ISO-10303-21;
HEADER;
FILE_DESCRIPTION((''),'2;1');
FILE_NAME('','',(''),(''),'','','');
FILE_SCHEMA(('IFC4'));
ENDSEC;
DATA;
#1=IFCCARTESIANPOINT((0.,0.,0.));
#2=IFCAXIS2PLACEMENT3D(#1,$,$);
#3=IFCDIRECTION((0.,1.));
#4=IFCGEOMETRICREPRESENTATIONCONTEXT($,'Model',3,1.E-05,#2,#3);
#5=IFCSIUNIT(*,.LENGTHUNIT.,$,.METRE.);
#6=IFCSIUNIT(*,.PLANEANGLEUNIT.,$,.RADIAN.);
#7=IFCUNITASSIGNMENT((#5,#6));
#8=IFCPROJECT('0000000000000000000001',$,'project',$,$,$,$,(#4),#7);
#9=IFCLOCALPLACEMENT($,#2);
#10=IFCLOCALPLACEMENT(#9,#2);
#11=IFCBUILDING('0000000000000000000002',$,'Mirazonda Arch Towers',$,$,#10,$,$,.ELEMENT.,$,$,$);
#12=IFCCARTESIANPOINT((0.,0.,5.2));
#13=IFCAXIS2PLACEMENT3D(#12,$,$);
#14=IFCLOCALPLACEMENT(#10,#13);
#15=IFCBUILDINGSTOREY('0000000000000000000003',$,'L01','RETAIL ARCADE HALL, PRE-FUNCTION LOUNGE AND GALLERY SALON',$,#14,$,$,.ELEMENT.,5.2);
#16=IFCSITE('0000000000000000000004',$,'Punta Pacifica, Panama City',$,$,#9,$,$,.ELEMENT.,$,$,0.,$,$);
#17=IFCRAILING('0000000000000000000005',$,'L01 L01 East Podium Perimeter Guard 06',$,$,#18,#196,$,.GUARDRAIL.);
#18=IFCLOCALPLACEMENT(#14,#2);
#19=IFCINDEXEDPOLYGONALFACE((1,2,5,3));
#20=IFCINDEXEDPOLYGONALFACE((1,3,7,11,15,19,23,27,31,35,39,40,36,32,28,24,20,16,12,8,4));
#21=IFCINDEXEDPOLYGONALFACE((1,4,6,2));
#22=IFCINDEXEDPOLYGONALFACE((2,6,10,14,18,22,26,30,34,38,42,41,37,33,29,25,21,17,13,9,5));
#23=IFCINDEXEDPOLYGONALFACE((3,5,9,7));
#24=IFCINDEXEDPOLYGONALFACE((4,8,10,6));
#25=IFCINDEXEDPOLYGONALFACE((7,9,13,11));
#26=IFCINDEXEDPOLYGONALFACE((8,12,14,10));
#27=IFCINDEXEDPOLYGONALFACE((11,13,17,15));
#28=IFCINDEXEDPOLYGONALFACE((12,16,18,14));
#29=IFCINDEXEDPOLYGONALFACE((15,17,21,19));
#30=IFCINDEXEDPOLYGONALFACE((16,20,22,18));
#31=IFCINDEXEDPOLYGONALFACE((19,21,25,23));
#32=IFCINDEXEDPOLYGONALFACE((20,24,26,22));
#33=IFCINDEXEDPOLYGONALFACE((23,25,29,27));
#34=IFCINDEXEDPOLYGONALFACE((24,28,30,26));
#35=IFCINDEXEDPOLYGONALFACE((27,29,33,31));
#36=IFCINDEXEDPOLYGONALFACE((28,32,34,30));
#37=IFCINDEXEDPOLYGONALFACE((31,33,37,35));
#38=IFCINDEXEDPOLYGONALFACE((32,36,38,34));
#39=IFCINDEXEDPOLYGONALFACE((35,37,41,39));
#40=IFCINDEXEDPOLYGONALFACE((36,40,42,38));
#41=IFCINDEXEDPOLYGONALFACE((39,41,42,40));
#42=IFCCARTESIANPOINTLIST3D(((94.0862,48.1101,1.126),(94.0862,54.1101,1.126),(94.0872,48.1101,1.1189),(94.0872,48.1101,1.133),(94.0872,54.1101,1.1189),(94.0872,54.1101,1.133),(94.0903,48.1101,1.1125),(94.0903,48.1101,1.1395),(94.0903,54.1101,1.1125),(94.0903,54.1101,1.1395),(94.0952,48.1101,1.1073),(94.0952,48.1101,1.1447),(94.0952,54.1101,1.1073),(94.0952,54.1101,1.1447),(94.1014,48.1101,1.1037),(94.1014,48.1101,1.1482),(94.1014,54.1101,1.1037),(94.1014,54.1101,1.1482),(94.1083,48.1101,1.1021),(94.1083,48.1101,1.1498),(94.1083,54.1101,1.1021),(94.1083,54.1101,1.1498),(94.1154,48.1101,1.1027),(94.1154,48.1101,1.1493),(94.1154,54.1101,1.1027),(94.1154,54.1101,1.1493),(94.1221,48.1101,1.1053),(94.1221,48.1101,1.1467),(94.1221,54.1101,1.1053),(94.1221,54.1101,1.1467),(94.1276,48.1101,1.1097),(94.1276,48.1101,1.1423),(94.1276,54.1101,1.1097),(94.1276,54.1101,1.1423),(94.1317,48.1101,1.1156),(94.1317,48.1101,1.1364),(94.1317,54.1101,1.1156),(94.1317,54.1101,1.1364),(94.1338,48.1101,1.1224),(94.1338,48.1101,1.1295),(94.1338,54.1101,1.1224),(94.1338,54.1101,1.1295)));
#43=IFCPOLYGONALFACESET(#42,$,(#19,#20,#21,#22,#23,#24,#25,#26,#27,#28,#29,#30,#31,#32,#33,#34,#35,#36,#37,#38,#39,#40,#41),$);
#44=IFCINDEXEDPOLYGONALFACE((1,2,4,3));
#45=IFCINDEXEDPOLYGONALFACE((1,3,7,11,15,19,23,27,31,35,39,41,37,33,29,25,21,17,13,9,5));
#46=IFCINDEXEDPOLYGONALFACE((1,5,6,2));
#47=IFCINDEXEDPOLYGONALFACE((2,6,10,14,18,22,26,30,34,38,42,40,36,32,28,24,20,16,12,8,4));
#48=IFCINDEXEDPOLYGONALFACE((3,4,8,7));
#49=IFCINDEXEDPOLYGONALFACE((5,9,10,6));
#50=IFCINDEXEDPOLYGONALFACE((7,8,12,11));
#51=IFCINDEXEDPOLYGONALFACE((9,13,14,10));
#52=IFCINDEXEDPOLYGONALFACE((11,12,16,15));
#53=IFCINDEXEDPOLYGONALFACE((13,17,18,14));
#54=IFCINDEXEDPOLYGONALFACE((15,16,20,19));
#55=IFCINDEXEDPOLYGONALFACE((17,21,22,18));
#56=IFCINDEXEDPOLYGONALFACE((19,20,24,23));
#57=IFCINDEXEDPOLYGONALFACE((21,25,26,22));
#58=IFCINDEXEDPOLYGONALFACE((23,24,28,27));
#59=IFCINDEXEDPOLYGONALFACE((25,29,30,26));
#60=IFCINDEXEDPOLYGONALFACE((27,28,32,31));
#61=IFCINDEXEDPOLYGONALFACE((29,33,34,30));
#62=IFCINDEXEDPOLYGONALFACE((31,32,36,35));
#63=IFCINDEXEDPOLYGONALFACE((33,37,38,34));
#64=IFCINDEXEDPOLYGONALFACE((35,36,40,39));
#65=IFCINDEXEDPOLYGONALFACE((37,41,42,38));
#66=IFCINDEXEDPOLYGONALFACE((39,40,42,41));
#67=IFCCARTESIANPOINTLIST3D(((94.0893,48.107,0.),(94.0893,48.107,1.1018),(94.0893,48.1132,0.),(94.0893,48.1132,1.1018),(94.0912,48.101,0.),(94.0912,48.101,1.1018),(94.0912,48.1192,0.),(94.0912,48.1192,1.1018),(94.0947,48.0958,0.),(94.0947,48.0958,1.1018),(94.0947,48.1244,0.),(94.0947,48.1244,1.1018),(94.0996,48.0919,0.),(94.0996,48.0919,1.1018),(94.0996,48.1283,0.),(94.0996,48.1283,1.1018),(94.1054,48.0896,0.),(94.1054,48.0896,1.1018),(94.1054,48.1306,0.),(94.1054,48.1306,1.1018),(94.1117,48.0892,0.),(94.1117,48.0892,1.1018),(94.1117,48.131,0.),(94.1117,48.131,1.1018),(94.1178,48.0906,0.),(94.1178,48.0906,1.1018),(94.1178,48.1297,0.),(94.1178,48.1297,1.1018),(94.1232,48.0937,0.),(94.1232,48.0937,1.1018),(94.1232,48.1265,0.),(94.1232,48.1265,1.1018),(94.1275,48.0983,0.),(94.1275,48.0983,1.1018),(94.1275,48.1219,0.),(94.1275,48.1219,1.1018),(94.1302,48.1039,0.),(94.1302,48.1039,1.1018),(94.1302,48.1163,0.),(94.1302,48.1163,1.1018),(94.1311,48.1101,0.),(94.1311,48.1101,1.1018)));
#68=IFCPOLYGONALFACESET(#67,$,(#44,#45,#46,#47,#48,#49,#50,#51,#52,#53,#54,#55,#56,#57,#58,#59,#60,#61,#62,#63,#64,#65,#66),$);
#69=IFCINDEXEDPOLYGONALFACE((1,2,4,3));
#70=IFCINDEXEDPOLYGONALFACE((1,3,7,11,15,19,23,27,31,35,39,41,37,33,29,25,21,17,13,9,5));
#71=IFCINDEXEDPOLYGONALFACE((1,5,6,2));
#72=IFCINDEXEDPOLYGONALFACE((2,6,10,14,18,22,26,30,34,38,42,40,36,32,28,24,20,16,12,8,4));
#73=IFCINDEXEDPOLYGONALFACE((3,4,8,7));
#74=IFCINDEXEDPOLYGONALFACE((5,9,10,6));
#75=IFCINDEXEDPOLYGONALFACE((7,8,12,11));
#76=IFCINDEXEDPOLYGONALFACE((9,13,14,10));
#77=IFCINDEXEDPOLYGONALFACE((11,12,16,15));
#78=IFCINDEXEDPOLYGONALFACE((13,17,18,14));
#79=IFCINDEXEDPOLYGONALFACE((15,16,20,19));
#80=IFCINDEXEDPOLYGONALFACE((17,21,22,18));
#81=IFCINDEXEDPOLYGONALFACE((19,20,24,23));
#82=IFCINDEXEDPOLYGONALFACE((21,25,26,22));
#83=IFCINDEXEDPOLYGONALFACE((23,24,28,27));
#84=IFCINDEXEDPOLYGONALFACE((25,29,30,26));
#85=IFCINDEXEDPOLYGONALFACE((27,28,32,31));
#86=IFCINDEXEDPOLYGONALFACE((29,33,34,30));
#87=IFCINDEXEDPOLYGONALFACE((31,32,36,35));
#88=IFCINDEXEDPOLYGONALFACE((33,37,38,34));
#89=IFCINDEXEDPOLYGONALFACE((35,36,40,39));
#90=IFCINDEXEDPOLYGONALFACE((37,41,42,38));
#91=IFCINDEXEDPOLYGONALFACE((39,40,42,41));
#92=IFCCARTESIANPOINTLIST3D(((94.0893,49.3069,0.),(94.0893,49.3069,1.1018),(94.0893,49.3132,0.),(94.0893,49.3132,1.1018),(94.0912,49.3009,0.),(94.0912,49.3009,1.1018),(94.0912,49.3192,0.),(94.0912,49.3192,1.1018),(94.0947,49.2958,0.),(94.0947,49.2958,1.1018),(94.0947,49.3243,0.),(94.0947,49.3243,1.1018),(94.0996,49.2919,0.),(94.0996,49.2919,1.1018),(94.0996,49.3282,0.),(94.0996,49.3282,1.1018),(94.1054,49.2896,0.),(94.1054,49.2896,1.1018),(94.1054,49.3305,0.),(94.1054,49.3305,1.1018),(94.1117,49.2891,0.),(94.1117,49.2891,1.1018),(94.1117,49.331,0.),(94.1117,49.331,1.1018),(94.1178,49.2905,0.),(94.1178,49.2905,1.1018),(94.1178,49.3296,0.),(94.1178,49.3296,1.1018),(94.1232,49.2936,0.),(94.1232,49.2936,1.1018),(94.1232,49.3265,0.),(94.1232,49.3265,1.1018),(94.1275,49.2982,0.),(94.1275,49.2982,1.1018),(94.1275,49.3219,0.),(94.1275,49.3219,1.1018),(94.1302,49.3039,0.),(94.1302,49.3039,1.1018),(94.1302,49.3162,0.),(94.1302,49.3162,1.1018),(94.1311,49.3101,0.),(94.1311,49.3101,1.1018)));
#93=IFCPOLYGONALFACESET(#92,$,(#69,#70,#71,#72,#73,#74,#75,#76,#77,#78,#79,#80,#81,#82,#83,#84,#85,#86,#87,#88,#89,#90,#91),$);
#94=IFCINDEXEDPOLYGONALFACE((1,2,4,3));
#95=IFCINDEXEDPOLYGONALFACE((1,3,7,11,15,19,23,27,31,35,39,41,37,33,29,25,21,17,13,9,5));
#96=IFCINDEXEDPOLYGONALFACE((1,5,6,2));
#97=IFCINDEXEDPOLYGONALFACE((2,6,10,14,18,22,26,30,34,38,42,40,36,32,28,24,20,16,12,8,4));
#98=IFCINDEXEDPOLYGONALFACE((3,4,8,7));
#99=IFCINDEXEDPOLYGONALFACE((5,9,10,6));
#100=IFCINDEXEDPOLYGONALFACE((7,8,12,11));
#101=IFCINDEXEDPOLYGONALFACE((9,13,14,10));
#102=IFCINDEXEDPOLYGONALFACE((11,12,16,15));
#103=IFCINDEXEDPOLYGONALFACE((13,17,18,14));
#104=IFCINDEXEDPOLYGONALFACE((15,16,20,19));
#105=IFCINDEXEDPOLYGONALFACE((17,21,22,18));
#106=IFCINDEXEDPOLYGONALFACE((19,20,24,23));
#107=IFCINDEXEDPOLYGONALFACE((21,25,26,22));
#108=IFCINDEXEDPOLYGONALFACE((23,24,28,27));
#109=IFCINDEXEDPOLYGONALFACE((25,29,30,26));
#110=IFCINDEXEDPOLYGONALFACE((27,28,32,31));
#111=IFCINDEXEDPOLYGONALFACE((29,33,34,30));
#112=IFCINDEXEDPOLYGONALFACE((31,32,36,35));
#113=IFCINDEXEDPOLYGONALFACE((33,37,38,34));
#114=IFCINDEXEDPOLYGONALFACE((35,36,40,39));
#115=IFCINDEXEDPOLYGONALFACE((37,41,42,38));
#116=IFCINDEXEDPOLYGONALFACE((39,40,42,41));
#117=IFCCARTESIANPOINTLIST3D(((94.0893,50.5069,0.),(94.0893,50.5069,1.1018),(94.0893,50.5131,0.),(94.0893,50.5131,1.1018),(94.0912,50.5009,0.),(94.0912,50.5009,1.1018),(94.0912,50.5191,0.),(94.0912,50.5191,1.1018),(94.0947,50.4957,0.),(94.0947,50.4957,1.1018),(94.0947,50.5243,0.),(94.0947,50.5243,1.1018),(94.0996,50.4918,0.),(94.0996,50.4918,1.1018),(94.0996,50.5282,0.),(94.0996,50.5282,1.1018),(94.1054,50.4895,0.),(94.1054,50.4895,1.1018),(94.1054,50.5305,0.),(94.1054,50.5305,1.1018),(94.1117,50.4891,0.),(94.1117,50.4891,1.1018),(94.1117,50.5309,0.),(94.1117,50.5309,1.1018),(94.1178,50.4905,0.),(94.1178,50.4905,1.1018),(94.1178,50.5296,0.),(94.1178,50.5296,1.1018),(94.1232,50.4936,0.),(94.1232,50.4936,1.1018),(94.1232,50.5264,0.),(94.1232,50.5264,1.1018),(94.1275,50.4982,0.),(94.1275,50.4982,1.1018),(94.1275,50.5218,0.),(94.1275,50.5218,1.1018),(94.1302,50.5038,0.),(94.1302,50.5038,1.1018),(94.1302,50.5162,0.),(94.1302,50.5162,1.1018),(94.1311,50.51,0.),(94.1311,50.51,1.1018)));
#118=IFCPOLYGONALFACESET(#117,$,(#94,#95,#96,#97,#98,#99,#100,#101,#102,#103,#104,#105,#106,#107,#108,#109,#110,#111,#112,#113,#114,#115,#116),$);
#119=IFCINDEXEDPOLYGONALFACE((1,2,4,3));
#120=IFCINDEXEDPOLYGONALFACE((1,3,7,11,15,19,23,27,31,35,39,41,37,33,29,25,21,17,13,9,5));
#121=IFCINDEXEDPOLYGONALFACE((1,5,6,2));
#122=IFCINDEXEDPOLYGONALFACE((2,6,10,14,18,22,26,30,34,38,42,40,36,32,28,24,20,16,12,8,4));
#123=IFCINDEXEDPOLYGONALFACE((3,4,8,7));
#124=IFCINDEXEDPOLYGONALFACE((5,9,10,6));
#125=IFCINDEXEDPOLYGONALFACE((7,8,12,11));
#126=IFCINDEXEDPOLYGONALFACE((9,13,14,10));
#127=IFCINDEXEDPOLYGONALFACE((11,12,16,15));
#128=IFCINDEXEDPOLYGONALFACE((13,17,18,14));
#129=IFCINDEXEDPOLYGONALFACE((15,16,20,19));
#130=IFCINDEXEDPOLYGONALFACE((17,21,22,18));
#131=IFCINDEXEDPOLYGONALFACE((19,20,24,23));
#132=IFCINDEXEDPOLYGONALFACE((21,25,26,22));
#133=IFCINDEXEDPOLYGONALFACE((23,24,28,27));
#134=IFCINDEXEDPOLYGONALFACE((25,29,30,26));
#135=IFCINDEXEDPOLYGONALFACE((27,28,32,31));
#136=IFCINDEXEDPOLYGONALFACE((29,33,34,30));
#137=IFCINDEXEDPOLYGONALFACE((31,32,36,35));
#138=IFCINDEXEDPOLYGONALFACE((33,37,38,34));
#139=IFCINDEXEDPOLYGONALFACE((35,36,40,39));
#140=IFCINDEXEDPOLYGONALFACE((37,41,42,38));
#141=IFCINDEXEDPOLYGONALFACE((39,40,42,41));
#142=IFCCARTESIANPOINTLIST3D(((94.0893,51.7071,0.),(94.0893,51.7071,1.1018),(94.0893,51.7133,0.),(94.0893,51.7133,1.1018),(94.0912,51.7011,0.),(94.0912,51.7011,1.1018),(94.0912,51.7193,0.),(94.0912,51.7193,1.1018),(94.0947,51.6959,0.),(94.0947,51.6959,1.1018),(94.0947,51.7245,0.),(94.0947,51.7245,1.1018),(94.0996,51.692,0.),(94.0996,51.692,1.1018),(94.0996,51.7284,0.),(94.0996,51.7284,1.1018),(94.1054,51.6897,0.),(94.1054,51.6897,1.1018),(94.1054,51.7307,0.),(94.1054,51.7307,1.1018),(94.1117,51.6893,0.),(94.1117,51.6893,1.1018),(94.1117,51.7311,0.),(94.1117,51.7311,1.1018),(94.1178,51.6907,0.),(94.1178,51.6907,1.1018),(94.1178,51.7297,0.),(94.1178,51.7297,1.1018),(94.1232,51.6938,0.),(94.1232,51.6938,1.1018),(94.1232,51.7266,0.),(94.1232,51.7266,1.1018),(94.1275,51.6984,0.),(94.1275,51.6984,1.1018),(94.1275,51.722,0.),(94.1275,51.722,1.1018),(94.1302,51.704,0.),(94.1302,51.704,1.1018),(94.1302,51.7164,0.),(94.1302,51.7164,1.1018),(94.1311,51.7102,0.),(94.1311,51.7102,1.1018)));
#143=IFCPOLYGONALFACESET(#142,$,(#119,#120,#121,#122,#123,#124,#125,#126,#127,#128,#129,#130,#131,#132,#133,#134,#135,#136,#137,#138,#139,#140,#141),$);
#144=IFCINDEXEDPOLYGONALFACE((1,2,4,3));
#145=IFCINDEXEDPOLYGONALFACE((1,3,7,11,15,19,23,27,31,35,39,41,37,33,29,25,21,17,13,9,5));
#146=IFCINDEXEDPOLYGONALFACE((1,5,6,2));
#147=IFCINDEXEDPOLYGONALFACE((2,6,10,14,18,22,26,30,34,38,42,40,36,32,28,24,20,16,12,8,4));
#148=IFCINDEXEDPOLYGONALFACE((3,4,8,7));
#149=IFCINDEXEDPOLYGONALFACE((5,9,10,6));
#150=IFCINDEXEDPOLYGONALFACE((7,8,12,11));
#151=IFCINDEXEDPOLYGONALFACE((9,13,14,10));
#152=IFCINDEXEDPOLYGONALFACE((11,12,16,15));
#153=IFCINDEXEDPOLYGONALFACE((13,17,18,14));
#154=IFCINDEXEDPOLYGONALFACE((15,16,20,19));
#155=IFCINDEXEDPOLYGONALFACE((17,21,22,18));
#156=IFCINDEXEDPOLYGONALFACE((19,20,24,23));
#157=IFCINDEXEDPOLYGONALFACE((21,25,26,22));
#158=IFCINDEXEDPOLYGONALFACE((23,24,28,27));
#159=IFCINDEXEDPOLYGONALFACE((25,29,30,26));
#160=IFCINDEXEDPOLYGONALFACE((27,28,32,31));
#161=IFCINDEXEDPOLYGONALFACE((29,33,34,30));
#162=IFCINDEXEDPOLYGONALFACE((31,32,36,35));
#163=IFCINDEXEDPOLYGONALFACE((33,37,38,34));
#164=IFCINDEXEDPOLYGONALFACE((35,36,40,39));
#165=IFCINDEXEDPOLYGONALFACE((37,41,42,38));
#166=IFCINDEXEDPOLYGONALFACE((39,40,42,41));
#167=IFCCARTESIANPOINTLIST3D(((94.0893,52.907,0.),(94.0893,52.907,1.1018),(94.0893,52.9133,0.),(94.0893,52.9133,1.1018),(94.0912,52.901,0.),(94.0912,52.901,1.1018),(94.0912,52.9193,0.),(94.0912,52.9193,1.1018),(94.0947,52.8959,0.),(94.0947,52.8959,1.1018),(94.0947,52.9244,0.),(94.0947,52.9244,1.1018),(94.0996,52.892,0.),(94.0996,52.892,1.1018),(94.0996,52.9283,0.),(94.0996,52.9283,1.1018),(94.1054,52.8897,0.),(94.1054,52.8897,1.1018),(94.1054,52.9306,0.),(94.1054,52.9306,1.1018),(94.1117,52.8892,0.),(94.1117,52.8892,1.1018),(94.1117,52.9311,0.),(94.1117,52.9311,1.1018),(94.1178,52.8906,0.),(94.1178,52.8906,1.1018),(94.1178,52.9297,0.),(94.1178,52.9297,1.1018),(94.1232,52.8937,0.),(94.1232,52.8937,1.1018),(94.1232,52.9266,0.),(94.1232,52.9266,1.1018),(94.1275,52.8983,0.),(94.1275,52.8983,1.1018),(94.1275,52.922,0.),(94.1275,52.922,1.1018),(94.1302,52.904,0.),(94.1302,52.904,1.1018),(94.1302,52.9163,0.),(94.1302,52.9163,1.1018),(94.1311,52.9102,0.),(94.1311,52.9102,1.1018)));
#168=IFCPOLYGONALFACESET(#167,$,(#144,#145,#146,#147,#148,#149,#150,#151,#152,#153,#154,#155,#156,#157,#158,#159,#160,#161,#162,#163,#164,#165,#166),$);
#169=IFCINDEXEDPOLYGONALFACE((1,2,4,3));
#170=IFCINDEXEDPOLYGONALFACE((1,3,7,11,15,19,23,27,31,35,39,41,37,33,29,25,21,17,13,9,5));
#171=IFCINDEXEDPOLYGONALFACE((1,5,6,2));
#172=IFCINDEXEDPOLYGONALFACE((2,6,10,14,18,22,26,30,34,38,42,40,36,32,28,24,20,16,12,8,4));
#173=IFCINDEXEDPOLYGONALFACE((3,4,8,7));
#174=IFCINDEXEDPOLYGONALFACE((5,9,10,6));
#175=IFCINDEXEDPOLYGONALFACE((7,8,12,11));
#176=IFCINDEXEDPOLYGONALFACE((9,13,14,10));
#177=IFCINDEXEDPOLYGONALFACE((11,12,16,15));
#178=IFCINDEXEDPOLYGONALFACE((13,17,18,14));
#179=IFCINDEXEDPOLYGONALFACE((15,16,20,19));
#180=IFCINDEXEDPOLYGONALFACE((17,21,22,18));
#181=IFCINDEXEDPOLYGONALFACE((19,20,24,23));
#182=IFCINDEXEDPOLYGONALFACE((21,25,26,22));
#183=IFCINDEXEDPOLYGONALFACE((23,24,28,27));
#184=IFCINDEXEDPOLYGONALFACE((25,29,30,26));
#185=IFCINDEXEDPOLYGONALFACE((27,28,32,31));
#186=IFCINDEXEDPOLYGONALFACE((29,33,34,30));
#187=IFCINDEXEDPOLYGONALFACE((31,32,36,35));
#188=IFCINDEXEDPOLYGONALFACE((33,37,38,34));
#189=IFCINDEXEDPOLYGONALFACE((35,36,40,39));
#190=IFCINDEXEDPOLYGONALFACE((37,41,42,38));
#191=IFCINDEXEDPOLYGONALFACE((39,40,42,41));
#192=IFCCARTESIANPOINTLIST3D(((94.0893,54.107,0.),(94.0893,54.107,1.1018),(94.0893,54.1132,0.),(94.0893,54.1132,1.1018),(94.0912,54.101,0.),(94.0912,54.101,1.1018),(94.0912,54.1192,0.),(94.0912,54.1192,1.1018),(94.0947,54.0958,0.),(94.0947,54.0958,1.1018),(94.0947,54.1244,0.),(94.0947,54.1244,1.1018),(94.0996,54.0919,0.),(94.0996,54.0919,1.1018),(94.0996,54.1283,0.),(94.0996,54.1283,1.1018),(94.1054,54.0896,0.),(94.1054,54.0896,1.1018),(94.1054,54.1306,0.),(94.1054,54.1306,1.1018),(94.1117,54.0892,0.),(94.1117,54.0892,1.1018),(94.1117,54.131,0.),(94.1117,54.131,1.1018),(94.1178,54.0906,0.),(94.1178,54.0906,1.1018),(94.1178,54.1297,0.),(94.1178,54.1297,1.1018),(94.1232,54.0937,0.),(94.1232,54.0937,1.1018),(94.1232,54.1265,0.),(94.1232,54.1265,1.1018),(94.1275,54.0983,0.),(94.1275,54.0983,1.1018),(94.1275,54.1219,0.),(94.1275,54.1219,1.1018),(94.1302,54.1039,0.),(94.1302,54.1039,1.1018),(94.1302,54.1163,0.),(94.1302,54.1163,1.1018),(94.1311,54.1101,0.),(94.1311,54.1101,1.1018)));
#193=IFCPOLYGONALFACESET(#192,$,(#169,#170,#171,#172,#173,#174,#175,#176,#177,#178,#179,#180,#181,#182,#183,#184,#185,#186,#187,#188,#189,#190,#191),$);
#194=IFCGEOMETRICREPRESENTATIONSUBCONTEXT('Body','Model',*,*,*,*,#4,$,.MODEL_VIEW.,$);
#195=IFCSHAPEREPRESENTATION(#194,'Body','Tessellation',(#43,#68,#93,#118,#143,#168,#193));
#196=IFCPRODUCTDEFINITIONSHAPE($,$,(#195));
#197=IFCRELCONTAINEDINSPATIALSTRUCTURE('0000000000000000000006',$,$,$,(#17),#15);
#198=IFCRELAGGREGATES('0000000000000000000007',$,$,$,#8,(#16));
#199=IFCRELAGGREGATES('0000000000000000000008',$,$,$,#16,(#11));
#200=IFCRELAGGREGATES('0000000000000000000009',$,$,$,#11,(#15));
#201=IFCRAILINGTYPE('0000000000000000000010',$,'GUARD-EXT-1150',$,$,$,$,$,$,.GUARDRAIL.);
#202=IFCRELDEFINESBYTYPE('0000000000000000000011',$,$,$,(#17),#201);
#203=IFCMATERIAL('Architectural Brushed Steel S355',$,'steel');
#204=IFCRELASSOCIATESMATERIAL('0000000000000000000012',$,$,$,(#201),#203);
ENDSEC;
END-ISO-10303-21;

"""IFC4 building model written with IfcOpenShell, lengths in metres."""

from ifc_helpers import new_model, si_unit, direction, frame, origin, origin_2d, place, context, subcontext, project, spatial, circle, extrude, material, type_object, element, save


model = new_model("IFC4")

# Units and contexts
model_context = context("Model", 3, precision=1e-05, world=origin(), true_north=direction((0.0, 1.0)))
body_context = subcontext(model_context, "Body", "Model", "MODEL_VIEW")
ifc_project = project(units=[si_unit("LENGTHUNIT", "METRE"), si_unit("PLANEANGLEUNIT", "RADIAN")], contexts=[model_context])

# Site, building, storey
site_placement = place(None, origin())
site = spatial("IfcSite", under=ifc_project, at=site_placement, Name="Punta Pacifica, Panama City", CompositionType="ELEMENT", RefElevation=0.0)
building_placement = place(site_placement, origin())
building = spatial("IfcBuilding", under=site, at=building_placement, Name="Mirazonda Arch Towers", CompositionType="ELEMENT")
storey_placement = place(building_placement, frame((0.0, 0.0, 5.2)))
storey = spatial("IfcBuildingStorey", under=building, at=storey_placement, Name="L01", Description="RETAIL ARCADE HALL, PRE-FUNCTION LOUNGE AND GALLERY SALON", CompositionType="ELEMENT", Elevation=5.2)

# Shared definitions
ifc_material_1 = material(Name="Architectural Brushed Steel S355", Category="steel")

# Railing
railing_type = type_object("IfcRailingType", Name="GUARD-EXT-1150", PredefinedType="GUARDRAIL", material=ifc_material_1)
railing_1_placement = place(storey_placement, frame((94.1101, 48.1101, 0.0)))
element("IfcRailing", 1, at=railing_1_placement, inside=storey, type_object=railing_type, Name="L01 L01 East Podium Perimeter Guard 06", PredefinedType="GUARDRAIL", context=body_context, shape_type="SweptSolid", body=[
    extrude(circle(Radius=0.0239, at=origin_2d()), frame((0.0, 0.0, 1.126), z_axis=(0.0, 1.0, 0.0), x_axis=(-1.0, 0.0, 0.0)), (0.0, 0.0, 1.0), 6.0),
    extrude(circle(Radius=0.021, at=origin_2d()), origin(), (0.0, 0.0, 1.0), 1.1018),
    extrude(circle(Radius=0.021, at=origin_2d()), frame((0.0, 1.2, 0.0)), (0.0, 0.0, 1.0), 1.1018),
    extrude(circle(Radius=0.021, at=origin_2d()), frame((0.0, 2.3999, 0.0)), (0.0, 0.0, 1.0), 1.1018),
    extrude(circle(Radius=0.021, at=origin_2d()), frame((0.0, 3.6001, 0.0)), (0.0, 0.0, 1.0), 1.1018),
    extrude(circle(Radius=0.021, at=origin_2d()), frame((0.0, 4.8, 0.0)), (0.0, 0.0, 1.0), 1.1018),
    extrude(circle(Radius=0.021, at=origin_2d()), frame((0.0, 6.0, 0.0)), (0.0, 0.0, 1.0), 1.1018),
])

save(model, "model.ifc")
